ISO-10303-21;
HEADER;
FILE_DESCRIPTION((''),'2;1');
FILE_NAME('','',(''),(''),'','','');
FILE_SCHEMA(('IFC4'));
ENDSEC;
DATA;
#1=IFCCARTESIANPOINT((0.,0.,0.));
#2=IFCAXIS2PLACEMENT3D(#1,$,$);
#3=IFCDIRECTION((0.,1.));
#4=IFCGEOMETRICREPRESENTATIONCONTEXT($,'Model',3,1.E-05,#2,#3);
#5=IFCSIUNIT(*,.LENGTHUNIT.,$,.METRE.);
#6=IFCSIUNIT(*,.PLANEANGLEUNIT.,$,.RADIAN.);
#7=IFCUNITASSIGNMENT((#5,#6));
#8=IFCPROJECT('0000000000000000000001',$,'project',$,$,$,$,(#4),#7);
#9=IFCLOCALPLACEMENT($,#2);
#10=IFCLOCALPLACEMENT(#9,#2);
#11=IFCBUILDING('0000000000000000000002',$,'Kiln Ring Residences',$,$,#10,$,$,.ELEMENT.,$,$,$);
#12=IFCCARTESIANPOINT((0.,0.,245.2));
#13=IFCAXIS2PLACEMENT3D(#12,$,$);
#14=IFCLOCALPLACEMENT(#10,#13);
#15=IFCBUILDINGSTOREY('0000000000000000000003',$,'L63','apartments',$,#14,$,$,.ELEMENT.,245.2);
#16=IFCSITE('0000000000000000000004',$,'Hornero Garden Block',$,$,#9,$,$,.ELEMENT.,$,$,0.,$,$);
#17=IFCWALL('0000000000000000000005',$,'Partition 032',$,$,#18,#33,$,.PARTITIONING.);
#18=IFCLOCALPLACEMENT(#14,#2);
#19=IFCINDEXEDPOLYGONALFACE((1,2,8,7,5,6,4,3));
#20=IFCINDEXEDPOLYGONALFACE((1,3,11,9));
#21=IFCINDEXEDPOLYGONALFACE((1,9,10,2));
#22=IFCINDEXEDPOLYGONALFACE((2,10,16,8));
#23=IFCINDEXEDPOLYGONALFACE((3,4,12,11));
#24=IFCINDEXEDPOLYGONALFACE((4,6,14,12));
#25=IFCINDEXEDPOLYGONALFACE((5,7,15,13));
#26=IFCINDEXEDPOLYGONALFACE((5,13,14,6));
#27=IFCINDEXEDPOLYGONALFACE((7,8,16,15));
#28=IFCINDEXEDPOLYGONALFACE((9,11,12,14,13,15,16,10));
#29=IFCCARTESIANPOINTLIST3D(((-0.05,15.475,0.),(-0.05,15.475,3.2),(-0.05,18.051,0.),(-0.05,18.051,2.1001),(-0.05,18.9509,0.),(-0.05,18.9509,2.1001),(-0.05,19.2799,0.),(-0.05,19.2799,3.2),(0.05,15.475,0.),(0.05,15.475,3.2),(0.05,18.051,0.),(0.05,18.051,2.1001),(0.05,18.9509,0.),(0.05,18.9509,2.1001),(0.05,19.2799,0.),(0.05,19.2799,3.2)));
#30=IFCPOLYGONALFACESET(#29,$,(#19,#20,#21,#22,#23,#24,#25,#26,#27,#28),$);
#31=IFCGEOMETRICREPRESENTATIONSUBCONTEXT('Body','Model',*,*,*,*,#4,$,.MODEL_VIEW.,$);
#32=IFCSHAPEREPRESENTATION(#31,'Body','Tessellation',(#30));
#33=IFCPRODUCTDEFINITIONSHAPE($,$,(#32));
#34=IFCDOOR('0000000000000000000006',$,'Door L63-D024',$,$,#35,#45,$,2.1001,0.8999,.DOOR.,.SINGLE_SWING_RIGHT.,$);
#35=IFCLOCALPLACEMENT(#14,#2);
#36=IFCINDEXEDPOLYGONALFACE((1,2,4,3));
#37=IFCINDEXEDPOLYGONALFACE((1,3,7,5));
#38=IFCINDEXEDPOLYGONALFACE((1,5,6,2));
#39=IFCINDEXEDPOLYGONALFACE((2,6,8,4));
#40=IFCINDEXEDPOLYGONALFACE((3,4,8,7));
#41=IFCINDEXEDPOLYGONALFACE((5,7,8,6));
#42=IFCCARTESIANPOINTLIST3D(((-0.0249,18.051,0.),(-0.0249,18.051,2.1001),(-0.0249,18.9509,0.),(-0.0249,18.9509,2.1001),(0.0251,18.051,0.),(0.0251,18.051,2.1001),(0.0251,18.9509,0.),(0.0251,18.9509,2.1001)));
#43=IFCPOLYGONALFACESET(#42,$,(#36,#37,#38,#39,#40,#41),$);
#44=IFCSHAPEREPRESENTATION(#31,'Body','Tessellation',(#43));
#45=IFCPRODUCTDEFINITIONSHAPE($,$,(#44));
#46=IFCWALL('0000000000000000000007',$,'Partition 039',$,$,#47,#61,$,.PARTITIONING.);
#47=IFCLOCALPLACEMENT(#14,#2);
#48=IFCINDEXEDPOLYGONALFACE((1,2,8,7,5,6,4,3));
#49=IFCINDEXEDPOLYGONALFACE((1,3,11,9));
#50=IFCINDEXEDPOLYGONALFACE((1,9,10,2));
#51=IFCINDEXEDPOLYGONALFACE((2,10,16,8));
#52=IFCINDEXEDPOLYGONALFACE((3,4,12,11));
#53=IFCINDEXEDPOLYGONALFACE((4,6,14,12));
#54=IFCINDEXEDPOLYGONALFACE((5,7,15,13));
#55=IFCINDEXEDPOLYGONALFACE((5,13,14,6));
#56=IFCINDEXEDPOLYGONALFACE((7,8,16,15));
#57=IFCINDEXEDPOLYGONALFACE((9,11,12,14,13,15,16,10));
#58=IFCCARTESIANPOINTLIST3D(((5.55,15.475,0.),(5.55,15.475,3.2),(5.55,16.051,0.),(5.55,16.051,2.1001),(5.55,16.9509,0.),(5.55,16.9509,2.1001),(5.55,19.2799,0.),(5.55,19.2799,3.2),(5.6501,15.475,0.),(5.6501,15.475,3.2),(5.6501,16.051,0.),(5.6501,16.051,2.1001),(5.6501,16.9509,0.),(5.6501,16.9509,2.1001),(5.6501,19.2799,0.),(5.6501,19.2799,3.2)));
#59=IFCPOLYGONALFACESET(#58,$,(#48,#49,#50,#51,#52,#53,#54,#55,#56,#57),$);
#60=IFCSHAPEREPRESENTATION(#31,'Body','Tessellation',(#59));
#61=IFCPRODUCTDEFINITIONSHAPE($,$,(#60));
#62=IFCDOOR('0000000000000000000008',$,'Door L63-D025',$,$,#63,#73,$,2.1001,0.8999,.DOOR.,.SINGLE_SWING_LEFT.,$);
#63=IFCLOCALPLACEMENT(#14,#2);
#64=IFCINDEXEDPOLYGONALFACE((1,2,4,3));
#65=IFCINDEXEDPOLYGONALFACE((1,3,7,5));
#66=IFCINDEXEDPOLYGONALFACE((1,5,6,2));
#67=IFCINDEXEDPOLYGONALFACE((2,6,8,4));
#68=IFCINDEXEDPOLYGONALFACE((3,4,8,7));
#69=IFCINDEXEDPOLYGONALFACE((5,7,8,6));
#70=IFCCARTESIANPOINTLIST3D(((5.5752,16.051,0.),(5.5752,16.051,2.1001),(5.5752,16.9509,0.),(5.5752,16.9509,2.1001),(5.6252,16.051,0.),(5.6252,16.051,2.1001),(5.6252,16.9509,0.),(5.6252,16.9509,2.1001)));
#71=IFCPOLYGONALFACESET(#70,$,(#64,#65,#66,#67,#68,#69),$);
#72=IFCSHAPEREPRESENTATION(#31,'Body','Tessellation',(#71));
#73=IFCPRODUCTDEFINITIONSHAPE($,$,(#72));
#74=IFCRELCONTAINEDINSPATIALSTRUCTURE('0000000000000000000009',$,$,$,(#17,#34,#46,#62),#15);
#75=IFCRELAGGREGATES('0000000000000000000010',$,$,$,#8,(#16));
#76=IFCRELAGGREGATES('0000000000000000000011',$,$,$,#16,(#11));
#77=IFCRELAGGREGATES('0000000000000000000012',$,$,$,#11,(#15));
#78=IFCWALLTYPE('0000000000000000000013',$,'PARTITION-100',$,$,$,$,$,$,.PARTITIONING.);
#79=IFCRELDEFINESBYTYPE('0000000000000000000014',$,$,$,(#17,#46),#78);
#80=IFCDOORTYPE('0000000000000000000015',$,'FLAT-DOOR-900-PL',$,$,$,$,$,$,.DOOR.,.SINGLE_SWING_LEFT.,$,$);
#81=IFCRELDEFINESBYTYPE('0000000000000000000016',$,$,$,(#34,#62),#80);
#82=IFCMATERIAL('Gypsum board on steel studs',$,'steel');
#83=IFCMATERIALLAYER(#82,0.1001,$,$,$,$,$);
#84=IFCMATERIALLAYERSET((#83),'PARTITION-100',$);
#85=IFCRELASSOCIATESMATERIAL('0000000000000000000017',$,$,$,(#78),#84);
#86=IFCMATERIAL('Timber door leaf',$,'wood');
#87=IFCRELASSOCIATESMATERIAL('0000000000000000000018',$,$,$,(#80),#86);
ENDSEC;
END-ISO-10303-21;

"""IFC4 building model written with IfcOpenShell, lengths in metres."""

from ifc_helpers import new_model, si_unit, direction, frame, frame_2d, origin, place, context, subcontext, project, spatial, rectangle, extrude, material, layer, layer_set, type_object, element, fill, save


model = new_model("IFC4")

# Units and contexts
model_context = context("Model", 3, precision=1e-05, world=origin(), true_north=direction((0.0, 1.0)))
body_context = subcontext(model_context, "Body", "Model", "MODEL_VIEW")
ifc_project = project(units=[si_unit("LENGTHUNIT", "METRE"), si_unit("PLANEANGLEUNIT", "RADIAN")], contexts=[model_context])

# Site, building, storey
site_placement = place(None, origin())
site = spatial("IfcSite", under=ifc_project, at=site_placement, Name="Hornero Garden Block", CompositionType="ELEMENT", RefElevation=0.0)
building_placement = place(site_placement, origin())
building = spatial("IfcBuilding", under=site, at=building_placement, Name="Kiln Ring Residences", CompositionType="ELEMENT")
storey_placement = place(building_placement, frame((0.0, 0.0, 245.2)))
storey = spatial("IfcBuildingStorey", under=building, at=storey_placement, Name="L63", Description="apartments", CompositionType="ELEMENT", Elevation=245.2)

# Walls, openings, doors
ifc_material_1 = material(Name="Gypsum board on steel studs", Category="steel")
ifc_layer_1 = layer(ifc_material_1, 0.1001)
ifc_layer_set_1 = layer_set([ifc_layer_1], Name="PARTITION-100")
wall_type_1 = type_object("IfcWallType", Name="PARTITION-100", PredefinedType="PARTITIONING", material=ifc_layer_set_1)
wall_1_placement = place(storey_placement, frame((0.0, 15.4751, 0.0), z_axis=(0.0, 0.0, 1.0), x_axis=(0.0, 1.0, 0.0)))
wall_1 = element("IfcWall", 1, at=wall_1_placement, inside=storey, type_object=wall_type_1, Name="Partition 032", PredefinedType="PARTITIONING", context=body_context, shape_type="SweptSolid", body=[
    extrude(rectangle(XDim=3.8049, YDim=0.1001, at=frame_2d((1.9023, 0.0))), origin(), (0.0, 0.0, 1.0), 3.2),
])
opening_1_placement = place(wall_1_placement, frame((2.5759, 0.0, 0.0)))
opening_1 = element("IfcOpeningElement", 2, at=opening_1_placement, cuts=wall_1, PredefinedType="OPENING", context=body_context, shape_type="SweptSolid", body=[
    extrude(rectangle(XDim=0.8999, YDim=2.1001, at=frame_2d((0.45, 1.05))), frame((0.0, 0.0601, 0.0), z_axis=(0.0, -1.0, 0.0), x_axis=(1.0, 0.0, 0.0)), (0.0, 0.0, 1.0), 0.1201),
])
ifc_material_2 = material(Name="Timber door leaf", Category="wood")
door_type = type_object("IfcDoorType", Name="FLAT-DOOR-900-PL", OperationType="SINGLE_SWING_LEFT", PredefinedType="DOOR", material=ifc_material_2)
door_1_placement = place(opening_1_placement, origin())
door_1 = element("IfcDoor", 3, at=door_1_placement, inside=storey, type_object=door_type, Name="Door L63-D024", OperationType="SINGLE_SWING_RIGHT", OverallHeight=2.1001, OverallWidth=0.8999, PredefinedType="DOOR", context=body_context, shape_type="SweptSolid", body=[
    extrude(rectangle(XDim=0.8999, YDim=2.1001, at=frame_2d((0.45, 1.05))), frame((0.0, 0.0249, 0.0), z_axis=(0.0, -1.0, 0.0), x_axis=(1.0, 0.0, 0.0)), (0.0, 0.0, 1.0), 0.05),
])
fill(opening_1, door_1)
wall_2_placement = place(storey_placement, frame((5.6001, 15.4751, 0.0), z_axis=(0.0, 0.0, 1.0), x_axis=(0.0, 1.0, 0.0)))
wall_2 = element("IfcWall", 4, at=wall_2_placement, inside=storey, type_object=wall_type_1, Name="Partition 039", PredefinedType="PARTITIONING", context=body_context, shape_type="SweptSolid", body=[
    extrude(rectangle(XDim=3.8049, YDim=0.1001, at=frame_2d((1.9023, 0.0))), origin(), (0.0, 0.0, 1.0), 3.2),
])
opening_2_placement = place(wall_2_placement, frame((0.5759, 0.0, 0.0)))
opening_2 = element("IfcOpeningElement", 5, at=opening_2_placement, cuts=wall_2, PredefinedType="OPENING", context=body_context, shape_type="SweptSolid", body=[
    extrude(rectangle(XDim=0.8999, YDim=2.1001, at=frame_2d((0.45, 1.05))), frame((0.0, 0.0601, 0.0), z_axis=(0.0, -1.0, 0.0), x_axis=(1.0, 0.0, 0.0)), (0.0, 0.0, 1.0), 0.1201),
])
door_2_placement = place(opening_2_placement, origin())
door_2 = element("IfcDoor", 6, at=door_2_placement, inside=storey, type_object=door_type, Name="Door L63-D025", OperationType="SINGLE_SWING_LEFT", OverallHeight=2.1001, OverallWidth=0.8999, PredefinedType="DOOR", context=body_context, shape_type="SweptSolid", body=[
    extrude(rectangle(XDim=0.8999, YDim=2.1001, at=frame_2d((0.45, 1.05))), frame((0.0, 0.0249, 0.0), z_axis=(0.0, -1.0, 0.0), x_axis=(1.0, 0.0, 0.0)), (0.0, 0.0, 1.0), 0.05),
])
fill(opening_2, door_2)

save(model, "model.ifc")
